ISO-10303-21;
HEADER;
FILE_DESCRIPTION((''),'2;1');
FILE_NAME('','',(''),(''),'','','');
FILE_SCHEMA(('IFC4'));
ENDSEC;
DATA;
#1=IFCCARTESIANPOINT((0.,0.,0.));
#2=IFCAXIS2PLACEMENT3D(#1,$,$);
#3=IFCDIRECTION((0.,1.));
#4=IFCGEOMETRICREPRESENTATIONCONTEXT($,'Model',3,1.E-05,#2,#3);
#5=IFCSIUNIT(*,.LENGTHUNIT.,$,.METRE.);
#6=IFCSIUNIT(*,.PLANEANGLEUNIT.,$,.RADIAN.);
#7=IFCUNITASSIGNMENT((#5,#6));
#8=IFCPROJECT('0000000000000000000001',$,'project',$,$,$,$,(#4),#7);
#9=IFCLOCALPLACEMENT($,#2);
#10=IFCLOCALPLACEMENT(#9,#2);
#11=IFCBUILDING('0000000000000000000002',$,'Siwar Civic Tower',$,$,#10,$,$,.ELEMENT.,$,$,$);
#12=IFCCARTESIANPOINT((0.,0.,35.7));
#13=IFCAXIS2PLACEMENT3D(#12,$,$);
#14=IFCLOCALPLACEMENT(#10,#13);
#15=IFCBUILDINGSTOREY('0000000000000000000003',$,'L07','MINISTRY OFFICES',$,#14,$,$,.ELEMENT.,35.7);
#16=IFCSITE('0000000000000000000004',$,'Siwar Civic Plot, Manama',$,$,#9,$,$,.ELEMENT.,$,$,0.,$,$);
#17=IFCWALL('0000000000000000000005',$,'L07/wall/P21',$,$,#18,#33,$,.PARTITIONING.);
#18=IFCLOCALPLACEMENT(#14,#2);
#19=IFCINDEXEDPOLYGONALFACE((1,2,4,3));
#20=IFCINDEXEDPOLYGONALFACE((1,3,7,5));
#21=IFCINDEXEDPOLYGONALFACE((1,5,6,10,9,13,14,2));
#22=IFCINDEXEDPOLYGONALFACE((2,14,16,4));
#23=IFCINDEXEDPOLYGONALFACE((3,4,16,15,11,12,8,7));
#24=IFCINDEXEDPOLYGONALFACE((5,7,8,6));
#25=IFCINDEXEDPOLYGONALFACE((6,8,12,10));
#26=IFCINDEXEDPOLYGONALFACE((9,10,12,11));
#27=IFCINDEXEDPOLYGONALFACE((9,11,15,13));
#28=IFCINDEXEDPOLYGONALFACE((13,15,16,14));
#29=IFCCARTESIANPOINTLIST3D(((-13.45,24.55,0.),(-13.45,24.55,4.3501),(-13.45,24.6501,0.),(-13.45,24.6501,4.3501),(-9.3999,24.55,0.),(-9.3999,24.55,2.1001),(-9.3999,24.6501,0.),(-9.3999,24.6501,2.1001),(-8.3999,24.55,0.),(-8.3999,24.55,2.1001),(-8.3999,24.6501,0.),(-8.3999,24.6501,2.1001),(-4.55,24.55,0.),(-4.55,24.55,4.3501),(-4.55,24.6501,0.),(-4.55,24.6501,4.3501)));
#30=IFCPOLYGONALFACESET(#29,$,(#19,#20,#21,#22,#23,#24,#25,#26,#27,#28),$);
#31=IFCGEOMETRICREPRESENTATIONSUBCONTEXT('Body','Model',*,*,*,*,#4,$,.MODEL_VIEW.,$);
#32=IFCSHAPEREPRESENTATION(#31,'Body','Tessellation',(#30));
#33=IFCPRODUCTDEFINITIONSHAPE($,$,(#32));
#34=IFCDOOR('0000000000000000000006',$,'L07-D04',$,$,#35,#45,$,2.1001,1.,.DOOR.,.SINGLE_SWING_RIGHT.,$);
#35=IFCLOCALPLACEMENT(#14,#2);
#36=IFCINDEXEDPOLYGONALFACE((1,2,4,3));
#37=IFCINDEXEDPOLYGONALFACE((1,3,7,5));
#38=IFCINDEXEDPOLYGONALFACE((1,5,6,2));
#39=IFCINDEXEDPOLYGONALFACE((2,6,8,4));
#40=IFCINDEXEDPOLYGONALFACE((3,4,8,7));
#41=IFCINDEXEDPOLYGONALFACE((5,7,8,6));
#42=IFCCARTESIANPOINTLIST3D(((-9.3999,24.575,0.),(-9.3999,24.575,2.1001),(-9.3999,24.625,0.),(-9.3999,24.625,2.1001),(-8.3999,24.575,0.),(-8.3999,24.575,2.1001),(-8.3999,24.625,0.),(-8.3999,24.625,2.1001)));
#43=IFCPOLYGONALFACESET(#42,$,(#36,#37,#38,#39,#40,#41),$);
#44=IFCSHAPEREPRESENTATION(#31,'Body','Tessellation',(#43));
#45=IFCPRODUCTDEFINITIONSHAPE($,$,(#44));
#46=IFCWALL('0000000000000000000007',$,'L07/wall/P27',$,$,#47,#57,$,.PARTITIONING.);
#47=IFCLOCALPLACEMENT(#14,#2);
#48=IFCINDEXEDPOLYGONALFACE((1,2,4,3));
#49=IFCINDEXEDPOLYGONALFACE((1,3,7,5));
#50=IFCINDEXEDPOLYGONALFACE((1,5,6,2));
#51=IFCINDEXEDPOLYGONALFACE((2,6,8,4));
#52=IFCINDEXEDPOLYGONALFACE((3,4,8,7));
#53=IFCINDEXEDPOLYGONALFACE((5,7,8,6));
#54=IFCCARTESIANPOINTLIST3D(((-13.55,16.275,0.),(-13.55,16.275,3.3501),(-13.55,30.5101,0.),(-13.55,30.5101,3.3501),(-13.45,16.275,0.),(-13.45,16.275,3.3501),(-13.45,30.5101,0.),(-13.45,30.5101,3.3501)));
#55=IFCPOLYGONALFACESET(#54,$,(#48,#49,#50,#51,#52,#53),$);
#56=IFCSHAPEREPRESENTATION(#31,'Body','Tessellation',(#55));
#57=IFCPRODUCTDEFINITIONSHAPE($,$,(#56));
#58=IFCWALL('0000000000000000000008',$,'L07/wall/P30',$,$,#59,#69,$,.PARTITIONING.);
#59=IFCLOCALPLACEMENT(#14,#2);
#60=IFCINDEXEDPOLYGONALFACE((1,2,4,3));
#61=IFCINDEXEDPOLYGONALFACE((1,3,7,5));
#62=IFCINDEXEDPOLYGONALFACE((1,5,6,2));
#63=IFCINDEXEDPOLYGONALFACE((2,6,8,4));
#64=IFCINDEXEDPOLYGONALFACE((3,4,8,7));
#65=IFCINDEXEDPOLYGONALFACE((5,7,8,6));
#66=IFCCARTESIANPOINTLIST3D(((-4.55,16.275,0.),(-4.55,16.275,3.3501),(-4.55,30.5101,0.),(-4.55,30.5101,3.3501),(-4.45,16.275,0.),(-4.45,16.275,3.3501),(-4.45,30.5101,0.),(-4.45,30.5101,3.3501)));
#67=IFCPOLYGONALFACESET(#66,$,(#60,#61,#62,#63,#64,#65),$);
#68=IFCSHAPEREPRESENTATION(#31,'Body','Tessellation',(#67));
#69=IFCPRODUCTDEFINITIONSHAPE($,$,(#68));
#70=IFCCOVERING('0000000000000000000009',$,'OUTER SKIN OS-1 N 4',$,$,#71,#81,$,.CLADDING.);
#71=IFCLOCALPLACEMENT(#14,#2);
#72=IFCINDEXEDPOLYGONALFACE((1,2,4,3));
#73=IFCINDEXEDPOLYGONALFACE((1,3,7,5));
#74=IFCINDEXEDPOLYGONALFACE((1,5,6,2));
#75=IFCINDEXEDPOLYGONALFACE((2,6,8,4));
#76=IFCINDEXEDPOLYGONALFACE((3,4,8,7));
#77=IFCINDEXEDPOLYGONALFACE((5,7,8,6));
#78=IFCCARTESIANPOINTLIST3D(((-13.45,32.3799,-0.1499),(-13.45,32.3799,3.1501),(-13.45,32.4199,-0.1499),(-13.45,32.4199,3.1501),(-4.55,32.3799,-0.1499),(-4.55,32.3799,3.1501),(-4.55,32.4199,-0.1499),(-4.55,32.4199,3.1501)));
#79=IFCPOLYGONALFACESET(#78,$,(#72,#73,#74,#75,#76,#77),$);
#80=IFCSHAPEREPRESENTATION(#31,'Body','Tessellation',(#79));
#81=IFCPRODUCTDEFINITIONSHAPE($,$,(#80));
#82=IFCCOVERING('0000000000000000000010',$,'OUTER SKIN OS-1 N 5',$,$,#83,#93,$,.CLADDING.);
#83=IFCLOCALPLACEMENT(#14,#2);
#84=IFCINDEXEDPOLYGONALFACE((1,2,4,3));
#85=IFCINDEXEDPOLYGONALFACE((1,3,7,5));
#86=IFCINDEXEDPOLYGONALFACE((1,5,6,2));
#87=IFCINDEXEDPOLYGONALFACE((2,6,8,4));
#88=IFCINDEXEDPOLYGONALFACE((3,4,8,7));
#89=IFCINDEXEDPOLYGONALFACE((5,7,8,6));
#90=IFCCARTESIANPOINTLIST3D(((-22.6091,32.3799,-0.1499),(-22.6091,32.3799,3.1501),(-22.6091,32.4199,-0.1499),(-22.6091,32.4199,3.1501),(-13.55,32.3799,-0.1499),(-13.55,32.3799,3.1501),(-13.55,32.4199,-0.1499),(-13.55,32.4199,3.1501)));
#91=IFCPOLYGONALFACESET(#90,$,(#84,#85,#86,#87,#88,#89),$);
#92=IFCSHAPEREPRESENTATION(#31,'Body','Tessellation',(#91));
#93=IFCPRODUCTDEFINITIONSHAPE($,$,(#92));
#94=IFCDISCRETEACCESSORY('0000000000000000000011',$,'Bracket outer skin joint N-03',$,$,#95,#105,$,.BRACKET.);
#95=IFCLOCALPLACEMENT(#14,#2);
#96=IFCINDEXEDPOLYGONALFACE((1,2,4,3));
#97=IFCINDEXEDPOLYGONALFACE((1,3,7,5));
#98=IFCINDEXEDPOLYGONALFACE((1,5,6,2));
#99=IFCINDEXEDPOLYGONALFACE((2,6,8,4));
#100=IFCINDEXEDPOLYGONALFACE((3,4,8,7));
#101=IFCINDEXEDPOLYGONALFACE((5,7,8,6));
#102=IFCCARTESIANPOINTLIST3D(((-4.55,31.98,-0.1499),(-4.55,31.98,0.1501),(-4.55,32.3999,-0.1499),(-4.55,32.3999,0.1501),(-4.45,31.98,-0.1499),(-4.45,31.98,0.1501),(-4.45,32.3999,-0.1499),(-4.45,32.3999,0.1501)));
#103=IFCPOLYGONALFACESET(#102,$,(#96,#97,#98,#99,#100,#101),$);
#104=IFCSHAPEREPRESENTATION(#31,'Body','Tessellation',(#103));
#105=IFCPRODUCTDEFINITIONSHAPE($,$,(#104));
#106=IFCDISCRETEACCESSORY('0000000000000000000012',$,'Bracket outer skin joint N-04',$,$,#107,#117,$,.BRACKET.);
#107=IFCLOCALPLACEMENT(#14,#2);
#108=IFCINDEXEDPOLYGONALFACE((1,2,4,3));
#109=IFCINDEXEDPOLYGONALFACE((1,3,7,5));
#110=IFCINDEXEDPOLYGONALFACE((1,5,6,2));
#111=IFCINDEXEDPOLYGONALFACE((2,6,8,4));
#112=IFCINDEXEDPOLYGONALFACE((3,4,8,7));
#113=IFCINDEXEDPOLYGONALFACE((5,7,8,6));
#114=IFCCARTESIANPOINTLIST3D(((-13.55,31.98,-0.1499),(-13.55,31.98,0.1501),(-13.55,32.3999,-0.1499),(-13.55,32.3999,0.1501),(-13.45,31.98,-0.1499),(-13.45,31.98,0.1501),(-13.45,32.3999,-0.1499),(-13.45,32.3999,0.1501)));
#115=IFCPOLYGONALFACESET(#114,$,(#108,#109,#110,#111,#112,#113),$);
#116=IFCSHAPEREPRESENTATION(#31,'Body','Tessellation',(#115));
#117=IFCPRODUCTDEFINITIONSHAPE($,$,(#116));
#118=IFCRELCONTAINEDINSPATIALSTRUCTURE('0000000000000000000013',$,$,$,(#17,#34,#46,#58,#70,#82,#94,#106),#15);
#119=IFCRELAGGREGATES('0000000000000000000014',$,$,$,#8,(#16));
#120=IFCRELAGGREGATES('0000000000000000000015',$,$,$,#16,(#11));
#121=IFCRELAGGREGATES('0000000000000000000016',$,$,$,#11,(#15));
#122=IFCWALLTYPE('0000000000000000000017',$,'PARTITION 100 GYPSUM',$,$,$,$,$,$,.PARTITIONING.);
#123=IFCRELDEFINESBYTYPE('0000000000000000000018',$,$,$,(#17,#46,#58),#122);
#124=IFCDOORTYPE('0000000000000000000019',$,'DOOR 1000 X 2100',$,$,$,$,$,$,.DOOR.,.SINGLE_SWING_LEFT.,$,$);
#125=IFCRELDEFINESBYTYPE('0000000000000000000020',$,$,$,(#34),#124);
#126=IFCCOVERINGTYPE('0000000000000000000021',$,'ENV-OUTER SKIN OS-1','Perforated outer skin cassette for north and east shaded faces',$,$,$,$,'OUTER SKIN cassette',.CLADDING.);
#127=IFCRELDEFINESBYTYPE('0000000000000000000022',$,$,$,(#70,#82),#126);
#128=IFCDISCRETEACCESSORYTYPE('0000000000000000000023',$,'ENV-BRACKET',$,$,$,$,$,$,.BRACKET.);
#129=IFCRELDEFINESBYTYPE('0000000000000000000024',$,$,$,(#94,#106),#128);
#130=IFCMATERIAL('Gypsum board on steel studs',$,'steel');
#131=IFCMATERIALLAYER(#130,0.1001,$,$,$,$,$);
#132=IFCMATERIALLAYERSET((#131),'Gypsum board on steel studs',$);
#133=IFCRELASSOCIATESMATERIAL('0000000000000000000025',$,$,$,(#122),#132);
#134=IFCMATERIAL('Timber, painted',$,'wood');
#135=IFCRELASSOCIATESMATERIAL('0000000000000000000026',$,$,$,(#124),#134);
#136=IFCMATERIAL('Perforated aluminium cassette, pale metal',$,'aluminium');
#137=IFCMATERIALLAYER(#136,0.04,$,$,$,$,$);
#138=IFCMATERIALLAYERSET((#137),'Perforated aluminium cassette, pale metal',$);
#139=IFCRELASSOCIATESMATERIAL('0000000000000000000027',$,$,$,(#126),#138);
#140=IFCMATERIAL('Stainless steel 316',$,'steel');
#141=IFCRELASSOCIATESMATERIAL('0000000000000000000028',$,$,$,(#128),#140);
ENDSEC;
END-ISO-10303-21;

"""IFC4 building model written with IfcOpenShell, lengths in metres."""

from ifc_helpers import new_model, si_unit, direction, frame, frame_2d, origin, origin_2d, place, context, subcontext, project, spatial, rectangle, extrude, material, layer, layer_set, type_object, element, fill, save


model = new_model("IFC4")

# Units and contexts
model_context = context("Model", 3, precision=1e-05, world=origin(), true_north=direction((0.0, 1.0)))
body_context = subcontext(model_context, "Body", "Model", "MODEL_VIEW")
ifc_project = project(units=[si_unit("LENGTHUNIT", "METRE"), si_unit("PLANEANGLEUNIT", "RADIAN")], contexts=[model_context])

# Site, building, storey
site_placement = place(None, origin())
site = spatial("IfcSite", under=ifc_project, at=site_placement, Name="Siwar Civic Plot, Manama", CompositionType="ELEMENT", RefElevation=0.0)
building_placement = place(site_placement, origin())
building = spatial("IfcBuilding", under=site, at=building_placement, Name="Siwar Civic Tower", CompositionType="ELEMENT")
storey_placement = place(building_placement, frame((0.0, 0.0, 35.7)))
storey = spatial("IfcBuildingStorey", under=building, at=storey_placement, Name="L07", Description="MINISTRY OFFICES", CompositionType="ELEMENT", Elevation=35.7)

# Wall, opening, door
ifc_material_1 = material(Name="Gypsum board on steel studs", Category="steel")
ifc_layer_1 = layer(ifc_material_1, 0.1001)
ifc_layer_set_1 = layer_set([ifc_layer_1], Name="Gypsum board on steel studs")
wall_type = type_object("IfcWallType", Name="PARTITION 100 GYPSUM", PredefinedType="PARTITIONING", material=ifc_layer_set_1)
ifc_material_2 = material(Name="Timber, painted", Category="wood")
door_type = type_object("IfcDoorType", Name="DOOR 1000 X 2100", OperationType="SINGLE_SWING_LEFT", PredefinedType="DOOR", material=ifc_material_2)
wall_1_placement = place(storey_placement, frame((-13.45, 24.6001, 0.0), z_axis=(0.0, 0.0, 1.0), x_axis=(1.0, 0.0, 0.0)))
wall_1 = element("IfcWall", 1, at=wall_1_placement, inside=storey, type_object=wall_type, Name="L07/wall/P21", PredefinedType="PARTITIONING", context=body_context, shape_type="SweptSolid", body=[
    extrude(rectangle(XDim=8.8999, YDim=0.1001, at=frame_2d((4.45, 0.0))), origin(), (0.0, 0.0, 1.0), 4.3501),
])
opening_1_placement = place(wall_1_placement, frame((4.05, 0.0, 0.0)))
opening_1 = element("IfcOpeningElement", 2, at=opening_1_placement, cuts=wall_1, PredefinedType="OPENING", context=body_context, shape_type="SweptSolid", body=[
    extrude(rectangle(XDim=1.0, YDim=2.1001, at=frame_2d((0.5, 1.05))), frame((0.0, 0.0601, 0.0), z_axis=(0.0, -1.0, 0.0), x_axis=(1.0, 0.0, 0.0)), (0.0, 0.0, 1.0), 0.1201),
])
door_1_placement = place(opening_1_placement, origin())
door_1 = element("IfcDoor", 3, at=door_1_placement, inside=storey, type_object=door_type, Name="L07-D04", OperationType="SINGLE_SWING_RIGHT", OverallHeight=2.1001, OverallWidth=1.0, PredefinedType="DOOR", context=body_context, shape_type="SweptSolid", body=[
    extrude(rectangle(XDim=1.0, YDim=2.1001, at=frame_2d((0.5, 1.05))), frame((0.0, 0.0249, 0.0), z_axis=(0.0, -1.0, 0.0), x_axis=(1.0, 0.0, 0.0)), (0.0, 0.0, 1.0), 0.05),
])
fill(opening_1, door_1)

# Walls
for number, where, z_axis, x_axis, name in (
    (4, (-13.5, 16.2749, 0.0), (0.0, 0.0, 1.0), (0.0, 1.0, 0.0), "L07/wall/P27"),
    (5, (-4.5, 16.2749, 0.0), (0.0, 0.0, 1.0), (0.0, 1.0, 0.0), "L07/wall/P30"),
):
    element("IfcWall", number, at=place(storey_placement, frame(where, z_axis=z_axis, x_axis=x_axis)), inside=storey, type_object=wall_type, Name=name, PredefinedType="PARTITIONING", context=body_context, shape_type="SweptSolid", body=[
        extrude(rectangle(XDim=14.2351, YDim=0.1001, at=frame_2d((7.1177, 0.0))), origin(), (0.0, 0.0, 1.0), 3.3501),
    ])

# Coverings
ifc_material_3 = material(Name="Perforated aluminium cassette, pale metal", Category="aluminium")
ifc_layer_2 = layer(ifc_material_3, 0.04)
ifc_layer_set_2 = layer_set([ifc_layer_2], Name="Perforated aluminium cassette, pale metal")
covering_type = type_object("IfcCoveringType", Name="ENV-OUTER SKIN OS-1", Description="Perforated outer skin cassette for north and east shaded faces", ElementType="OUTER SKIN cassette", PredefinedType="CLADDING", material=ifc_layer_set_2)
covering_1_placement = place(storey_placement, frame((-9.0, 32.3999, -0.1499), z_axis=(0.0, 0.0, 1.0), x_axis=(-1.0, 0.0, 0.0)))
element("IfcCovering", 6, at=covering_1_placement, inside=storey, type_object=covering_type, Name="OUTER SKIN OS-1 N 4", PredefinedType="CLADDING", context=body_context, shape_type="SweptSolid", body=[
    extrude(rectangle(XDim=8.8999, YDim=0.04, at=origin_2d()), origin(), (0.0, 0.0, 1.0), 3.3),
])
covering_2_placement = place(storey_placement, frame((-18.0796, 32.3999, -0.1499), z_axis=(0.0, 0.0, 1.0), x_axis=(-1.0, 0.0, 0.0)))
element("IfcCovering", 7, at=covering_2_placement, inside=storey, type_object=covering_type, Name="OUTER SKIN OS-1 N 5", PredefinedType="CLADDING", context=body_context, shape_type="SweptSolid", body=[
    extrude(rectangle(XDim=9.0591, YDim=0.04, at=origin_2d()), origin(), (0.0, 0.0, 1.0), 3.3),
])

# Discrete accessories
ifc_material_4 = material(Name="Stainless steel 316", Category="steel")
discrete_accessory_type = type_object("IfcDiscreteAccessoryType", Name="ENV-BRACKET", PredefinedType="BRACKET", material=ifc_material_4)
for number, where, z_axis, x_axis, name in (
    (8, (-4.5, 32.1899, -0.1499), (0.0, 0.0, 1.0), (0.0, 1.0, 0.0), "Bracket outer skin joint N-03"),
    (9, (-13.5, 32.1899, -0.1499), (0.0, 0.0, 1.0), (0.0, 1.0, 0.0), "Bracket outer skin joint N-04"),
):
    element("IfcDiscreteAccessory", number, at=place(storey_placement, frame(where, z_axis=z_axis, x_axis=x_axis)), inside=storey, type_object=discrete_accessory_type, Name=name, PredefinedType="BRACKET", context=body_context, shape_type="SweptSolid", body=[
        extrude(rectangle(XDim=0.4199, YDim=0.1001, at=origin_2d()), origin(), (0.0, 0.0, 1.0), 0.3),
    ])

save(model, "model.ifc")
